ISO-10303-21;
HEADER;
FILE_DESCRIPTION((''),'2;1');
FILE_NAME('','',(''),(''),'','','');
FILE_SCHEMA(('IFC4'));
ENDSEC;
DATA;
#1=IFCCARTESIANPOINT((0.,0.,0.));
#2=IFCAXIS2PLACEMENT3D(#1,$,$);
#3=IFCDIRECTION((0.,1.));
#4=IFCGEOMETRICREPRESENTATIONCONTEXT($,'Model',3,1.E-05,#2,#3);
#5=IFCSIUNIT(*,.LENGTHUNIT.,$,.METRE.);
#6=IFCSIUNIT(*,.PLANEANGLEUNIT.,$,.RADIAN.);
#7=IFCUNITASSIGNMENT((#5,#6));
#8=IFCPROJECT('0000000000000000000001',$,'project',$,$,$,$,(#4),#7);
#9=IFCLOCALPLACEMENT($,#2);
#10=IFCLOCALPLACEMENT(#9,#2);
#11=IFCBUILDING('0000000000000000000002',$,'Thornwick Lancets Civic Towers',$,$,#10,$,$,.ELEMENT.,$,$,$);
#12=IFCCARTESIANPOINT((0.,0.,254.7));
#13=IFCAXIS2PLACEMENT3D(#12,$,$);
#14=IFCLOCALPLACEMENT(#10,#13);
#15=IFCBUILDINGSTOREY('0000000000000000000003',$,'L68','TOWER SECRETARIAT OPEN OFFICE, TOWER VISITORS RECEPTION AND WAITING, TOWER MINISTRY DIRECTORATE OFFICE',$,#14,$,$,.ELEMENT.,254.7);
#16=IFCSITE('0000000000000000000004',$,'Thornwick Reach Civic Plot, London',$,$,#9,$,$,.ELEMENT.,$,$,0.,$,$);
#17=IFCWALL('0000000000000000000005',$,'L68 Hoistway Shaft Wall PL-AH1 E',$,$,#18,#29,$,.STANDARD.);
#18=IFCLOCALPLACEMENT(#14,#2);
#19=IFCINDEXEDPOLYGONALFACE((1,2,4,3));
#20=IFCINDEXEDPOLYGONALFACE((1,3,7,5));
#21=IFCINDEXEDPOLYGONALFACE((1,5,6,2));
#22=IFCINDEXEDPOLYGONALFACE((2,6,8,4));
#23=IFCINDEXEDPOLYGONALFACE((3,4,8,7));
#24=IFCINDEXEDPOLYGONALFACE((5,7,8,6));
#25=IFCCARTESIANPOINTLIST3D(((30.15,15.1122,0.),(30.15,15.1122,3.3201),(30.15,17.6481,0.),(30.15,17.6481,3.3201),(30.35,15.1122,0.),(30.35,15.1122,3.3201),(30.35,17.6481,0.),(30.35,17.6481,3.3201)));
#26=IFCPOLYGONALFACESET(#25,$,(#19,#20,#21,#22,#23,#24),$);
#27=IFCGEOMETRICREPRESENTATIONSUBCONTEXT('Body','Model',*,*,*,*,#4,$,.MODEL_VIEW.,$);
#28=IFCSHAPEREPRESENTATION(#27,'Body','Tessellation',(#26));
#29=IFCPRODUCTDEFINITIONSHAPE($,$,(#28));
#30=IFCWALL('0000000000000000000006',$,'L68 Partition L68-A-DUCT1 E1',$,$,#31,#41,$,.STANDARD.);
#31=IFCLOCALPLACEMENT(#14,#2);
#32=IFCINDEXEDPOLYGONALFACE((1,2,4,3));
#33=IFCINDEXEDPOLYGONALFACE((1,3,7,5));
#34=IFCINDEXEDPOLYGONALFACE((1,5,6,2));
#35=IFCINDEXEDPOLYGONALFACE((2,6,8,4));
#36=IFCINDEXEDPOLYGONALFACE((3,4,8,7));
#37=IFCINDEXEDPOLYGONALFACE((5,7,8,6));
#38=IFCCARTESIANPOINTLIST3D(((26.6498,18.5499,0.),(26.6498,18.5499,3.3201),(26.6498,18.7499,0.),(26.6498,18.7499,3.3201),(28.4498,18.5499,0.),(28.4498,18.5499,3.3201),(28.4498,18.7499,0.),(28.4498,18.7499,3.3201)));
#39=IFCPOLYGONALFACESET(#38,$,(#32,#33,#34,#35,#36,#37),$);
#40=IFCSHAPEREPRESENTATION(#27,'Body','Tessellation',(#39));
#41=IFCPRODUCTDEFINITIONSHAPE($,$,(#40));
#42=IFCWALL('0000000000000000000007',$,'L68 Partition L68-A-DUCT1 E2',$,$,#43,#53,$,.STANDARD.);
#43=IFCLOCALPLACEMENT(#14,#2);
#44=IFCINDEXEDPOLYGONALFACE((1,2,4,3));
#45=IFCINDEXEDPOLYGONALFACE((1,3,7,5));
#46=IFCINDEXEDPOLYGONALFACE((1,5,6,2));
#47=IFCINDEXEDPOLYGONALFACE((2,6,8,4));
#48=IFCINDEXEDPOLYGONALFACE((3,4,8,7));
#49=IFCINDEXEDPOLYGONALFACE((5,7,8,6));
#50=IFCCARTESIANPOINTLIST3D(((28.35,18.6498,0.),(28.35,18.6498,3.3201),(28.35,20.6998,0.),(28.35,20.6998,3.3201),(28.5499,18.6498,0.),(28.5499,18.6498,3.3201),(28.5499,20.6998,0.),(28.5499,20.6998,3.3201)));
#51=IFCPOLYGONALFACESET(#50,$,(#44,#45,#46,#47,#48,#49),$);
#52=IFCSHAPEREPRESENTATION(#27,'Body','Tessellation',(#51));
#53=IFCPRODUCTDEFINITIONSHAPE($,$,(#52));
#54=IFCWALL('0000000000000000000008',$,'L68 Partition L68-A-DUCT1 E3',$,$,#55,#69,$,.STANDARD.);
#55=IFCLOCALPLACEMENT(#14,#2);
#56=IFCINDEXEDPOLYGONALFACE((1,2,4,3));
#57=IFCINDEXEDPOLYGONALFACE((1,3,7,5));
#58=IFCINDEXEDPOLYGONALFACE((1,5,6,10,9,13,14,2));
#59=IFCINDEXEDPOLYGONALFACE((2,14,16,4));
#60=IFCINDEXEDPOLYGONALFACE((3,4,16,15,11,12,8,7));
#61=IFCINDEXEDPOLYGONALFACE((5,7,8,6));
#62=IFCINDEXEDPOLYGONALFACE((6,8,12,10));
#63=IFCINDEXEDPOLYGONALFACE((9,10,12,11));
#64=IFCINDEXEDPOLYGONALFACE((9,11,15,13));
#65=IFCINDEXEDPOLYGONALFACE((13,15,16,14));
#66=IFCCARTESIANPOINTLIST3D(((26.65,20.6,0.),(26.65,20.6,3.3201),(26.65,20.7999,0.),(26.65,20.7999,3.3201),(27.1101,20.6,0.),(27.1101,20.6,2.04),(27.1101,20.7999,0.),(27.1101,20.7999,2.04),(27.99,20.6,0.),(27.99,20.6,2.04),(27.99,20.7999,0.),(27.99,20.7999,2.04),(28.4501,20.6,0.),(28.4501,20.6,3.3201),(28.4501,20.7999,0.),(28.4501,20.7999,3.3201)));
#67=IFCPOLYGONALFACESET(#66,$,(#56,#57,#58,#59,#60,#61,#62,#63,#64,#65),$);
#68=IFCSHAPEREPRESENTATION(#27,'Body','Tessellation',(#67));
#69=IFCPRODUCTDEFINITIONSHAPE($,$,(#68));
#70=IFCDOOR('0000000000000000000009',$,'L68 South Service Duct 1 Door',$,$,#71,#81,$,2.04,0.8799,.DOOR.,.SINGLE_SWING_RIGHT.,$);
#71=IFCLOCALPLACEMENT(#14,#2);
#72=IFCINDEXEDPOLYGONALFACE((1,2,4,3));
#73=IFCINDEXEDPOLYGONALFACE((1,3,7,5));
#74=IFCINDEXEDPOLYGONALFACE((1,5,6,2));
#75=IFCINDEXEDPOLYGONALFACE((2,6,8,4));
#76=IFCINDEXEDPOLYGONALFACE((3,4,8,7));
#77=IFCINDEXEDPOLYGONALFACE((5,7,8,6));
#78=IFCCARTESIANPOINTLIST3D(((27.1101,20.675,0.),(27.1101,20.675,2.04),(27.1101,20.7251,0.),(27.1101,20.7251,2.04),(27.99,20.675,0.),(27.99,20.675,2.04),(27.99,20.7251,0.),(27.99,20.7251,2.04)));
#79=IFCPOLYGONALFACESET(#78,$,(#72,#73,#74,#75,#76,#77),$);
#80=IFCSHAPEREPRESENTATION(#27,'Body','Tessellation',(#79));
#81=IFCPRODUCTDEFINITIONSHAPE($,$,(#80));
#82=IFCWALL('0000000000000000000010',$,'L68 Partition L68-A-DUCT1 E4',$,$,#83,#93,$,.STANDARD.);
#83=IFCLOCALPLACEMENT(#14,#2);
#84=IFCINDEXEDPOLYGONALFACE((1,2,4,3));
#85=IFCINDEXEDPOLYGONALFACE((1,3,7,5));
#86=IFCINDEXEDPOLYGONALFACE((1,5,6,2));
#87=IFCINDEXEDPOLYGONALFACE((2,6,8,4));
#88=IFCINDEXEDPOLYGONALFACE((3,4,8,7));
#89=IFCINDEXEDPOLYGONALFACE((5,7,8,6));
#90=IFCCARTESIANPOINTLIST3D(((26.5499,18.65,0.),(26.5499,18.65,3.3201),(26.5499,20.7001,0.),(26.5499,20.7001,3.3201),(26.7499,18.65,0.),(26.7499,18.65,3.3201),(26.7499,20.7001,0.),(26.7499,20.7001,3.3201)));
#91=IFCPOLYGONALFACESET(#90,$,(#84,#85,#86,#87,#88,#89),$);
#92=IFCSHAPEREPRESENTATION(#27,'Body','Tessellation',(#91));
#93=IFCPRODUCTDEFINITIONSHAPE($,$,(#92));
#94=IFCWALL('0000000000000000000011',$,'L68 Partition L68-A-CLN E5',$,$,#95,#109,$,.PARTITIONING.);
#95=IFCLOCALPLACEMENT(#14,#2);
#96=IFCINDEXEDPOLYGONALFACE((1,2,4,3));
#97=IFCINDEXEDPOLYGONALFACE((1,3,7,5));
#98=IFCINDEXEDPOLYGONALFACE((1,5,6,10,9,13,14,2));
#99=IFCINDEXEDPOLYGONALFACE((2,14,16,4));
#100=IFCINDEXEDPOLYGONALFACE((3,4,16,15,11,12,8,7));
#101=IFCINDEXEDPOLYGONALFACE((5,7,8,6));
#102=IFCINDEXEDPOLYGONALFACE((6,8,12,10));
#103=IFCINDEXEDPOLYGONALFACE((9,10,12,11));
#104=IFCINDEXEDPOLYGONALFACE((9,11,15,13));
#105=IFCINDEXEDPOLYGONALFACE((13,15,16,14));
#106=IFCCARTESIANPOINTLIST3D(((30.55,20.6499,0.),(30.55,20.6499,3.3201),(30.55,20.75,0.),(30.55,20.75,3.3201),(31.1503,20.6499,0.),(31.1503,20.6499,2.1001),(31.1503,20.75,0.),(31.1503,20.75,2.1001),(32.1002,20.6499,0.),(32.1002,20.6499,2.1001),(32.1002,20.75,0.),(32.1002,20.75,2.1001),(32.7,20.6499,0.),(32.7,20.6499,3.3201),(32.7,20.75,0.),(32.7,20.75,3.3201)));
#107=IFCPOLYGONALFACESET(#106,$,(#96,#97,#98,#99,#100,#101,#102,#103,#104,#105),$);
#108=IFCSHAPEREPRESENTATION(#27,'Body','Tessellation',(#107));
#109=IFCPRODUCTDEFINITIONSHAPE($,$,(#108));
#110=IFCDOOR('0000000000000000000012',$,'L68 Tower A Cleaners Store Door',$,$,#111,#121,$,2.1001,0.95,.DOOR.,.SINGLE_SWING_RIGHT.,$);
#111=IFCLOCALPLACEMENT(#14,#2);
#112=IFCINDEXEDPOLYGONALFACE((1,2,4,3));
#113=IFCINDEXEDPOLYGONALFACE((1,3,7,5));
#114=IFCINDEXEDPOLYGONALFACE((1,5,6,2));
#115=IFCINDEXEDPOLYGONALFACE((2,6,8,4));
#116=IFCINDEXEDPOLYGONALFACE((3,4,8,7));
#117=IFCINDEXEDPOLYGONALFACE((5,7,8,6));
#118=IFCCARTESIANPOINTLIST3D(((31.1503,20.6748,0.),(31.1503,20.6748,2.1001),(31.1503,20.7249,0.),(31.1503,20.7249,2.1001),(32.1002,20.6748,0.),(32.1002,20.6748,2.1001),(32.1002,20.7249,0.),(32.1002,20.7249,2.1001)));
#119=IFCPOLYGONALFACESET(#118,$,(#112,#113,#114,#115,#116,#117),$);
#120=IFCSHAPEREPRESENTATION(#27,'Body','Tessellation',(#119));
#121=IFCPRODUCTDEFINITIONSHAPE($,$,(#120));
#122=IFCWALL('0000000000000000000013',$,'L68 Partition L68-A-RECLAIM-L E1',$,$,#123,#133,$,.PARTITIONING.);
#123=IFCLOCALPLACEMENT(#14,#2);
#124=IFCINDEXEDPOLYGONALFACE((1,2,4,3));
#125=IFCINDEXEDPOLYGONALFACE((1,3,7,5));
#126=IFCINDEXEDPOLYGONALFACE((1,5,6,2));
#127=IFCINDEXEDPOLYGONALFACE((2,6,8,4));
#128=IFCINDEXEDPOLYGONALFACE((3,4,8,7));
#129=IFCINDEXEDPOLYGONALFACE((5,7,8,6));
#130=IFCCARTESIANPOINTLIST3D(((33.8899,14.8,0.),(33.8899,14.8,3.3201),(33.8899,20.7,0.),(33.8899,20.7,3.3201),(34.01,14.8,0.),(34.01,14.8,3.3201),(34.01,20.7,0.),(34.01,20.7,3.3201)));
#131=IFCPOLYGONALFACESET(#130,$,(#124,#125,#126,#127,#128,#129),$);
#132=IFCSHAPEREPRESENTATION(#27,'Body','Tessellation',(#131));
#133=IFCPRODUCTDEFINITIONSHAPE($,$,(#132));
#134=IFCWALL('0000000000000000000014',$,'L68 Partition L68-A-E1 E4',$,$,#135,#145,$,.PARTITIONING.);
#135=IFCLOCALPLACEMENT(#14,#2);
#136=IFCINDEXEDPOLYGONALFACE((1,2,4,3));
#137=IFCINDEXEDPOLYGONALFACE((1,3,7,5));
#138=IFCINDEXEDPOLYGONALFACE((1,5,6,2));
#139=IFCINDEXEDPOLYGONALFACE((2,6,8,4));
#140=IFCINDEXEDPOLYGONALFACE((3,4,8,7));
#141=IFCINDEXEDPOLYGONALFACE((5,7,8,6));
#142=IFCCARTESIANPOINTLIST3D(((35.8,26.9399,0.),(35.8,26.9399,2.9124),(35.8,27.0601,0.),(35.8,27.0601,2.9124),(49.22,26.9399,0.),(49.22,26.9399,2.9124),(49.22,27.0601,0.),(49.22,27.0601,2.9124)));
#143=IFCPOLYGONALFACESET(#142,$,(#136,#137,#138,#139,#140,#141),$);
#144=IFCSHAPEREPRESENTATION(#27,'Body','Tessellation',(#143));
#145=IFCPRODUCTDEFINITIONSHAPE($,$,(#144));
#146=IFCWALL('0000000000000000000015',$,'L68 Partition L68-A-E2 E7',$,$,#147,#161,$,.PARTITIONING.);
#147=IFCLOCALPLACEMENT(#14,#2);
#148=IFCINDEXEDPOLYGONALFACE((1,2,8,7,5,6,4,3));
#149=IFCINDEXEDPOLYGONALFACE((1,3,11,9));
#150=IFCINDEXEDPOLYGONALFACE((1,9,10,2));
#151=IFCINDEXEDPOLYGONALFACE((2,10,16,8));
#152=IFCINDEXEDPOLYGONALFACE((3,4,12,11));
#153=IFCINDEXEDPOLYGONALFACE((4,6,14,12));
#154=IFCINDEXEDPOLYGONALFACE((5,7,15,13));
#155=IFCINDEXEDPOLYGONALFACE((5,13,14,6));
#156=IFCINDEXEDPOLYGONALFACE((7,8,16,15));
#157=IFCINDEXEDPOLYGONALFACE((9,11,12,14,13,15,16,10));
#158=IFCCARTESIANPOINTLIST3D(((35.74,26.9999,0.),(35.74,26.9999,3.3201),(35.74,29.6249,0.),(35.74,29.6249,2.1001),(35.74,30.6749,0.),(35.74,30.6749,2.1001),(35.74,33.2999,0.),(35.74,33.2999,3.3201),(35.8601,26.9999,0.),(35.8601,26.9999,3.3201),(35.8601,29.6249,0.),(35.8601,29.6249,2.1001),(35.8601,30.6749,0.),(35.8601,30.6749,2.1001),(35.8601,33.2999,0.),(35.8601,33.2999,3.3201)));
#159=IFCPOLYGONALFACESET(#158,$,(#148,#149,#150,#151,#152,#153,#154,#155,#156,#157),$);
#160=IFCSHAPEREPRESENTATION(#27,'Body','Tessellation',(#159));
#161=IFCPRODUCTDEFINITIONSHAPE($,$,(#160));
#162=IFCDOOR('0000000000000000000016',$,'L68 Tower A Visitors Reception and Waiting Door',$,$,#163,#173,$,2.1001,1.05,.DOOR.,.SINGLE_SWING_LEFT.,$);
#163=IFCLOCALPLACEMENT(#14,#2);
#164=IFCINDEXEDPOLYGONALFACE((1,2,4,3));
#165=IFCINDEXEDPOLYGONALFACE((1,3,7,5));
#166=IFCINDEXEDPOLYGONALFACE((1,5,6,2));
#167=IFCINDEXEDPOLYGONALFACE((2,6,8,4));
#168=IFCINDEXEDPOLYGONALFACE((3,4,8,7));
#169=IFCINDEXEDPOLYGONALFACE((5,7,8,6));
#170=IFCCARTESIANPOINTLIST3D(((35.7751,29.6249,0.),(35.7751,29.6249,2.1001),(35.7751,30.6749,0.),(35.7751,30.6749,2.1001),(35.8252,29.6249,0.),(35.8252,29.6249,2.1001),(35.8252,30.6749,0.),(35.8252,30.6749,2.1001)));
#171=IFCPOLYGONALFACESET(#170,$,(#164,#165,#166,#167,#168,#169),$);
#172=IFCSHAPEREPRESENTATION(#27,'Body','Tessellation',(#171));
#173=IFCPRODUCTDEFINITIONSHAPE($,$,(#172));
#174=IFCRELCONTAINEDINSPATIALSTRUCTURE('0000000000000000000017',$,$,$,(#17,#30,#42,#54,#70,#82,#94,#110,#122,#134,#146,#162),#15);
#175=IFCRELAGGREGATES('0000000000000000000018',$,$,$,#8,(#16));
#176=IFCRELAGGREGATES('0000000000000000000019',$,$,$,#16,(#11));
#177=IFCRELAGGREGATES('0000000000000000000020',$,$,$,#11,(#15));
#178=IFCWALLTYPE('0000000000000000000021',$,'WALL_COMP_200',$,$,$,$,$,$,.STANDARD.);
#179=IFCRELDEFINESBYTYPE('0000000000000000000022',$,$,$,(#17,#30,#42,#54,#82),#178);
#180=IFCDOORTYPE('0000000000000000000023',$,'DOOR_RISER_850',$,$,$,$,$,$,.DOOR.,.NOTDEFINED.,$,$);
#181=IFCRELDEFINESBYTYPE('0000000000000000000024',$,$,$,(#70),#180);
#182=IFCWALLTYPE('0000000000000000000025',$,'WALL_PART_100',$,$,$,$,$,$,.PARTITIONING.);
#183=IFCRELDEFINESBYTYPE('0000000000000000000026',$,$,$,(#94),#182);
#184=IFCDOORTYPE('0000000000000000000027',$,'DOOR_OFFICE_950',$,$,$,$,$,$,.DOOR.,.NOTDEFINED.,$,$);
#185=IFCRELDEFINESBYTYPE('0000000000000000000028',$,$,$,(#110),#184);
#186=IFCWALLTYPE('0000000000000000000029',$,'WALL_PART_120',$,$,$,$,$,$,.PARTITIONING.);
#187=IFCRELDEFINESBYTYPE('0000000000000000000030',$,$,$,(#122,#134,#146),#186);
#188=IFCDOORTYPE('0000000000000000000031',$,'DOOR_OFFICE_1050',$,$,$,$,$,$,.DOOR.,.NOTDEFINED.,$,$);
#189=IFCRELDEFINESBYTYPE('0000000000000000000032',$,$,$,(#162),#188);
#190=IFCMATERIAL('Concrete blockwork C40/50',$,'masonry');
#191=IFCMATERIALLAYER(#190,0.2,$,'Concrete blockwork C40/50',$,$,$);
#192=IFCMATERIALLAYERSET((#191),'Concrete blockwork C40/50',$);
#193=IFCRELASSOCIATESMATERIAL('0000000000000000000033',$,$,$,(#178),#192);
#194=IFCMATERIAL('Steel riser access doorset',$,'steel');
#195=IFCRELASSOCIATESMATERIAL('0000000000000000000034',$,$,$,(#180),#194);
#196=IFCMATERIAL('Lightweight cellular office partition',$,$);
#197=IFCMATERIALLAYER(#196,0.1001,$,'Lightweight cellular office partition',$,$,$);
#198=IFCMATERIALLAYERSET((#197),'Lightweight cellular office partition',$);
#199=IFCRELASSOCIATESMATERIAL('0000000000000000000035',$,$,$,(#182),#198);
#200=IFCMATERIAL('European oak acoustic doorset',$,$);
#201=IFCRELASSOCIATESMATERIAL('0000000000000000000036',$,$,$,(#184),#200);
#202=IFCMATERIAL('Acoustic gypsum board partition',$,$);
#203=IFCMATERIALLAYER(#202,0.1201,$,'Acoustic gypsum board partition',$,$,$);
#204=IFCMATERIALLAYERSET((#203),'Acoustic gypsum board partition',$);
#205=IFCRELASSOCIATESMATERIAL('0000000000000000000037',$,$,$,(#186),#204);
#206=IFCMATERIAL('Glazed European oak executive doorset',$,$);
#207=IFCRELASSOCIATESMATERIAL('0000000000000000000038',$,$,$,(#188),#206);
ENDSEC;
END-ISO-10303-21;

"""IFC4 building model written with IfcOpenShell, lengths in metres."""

from ifc_helpers import new_model, si_unit, direction, frame, frame_2d, origin, place, context, subcontext, project, spatial, rectangle, extrude, material, layer, layer_set, type_object, element, fill, save


model = new_model("IFC4")

# Units and contexts
model_context = context("Model", 3, precision=1e-05, world=origin(), true_north=direction((0.0, 1.0)))
body_context = subcontext(model_context, "Body", "Model", "MODEL_VIEW")
ifc_project = project(units=[si_unit("LENGTHUNIT", "METRE"), si_unit("PLANEANGLEUNIT", "RADIAN")], contexts=[model_context])

# Site, building, storey
site_placement = place(None, origin())
site = spatial("IfcSite", under=ifc_project, at=site_placement, Name="Thornwick Reach Civic Plot, London", CompositionType="ELEMENT", RefElevation=0.0)
building_placement = place(site_placement, origin())
building = spatial("IfcBuilding", under=site, at=building_placement, Name="Thornwick Lancets Civic Towers", CompositionType="ELEMENT")
storey_placement = place(building_placement, frame((0.0, 0.0, 254.7)))
storey = spatial("IfcBuildingStorey", under=building, at=storey_placement, Name="L68", Description="TOWER SECRETARIAT OPEN OFFICE, TOWER VISITORS RECEPTION AND WAITING, TOWER MINISTRY DIRECTORATE OFFICE", CompositionType="ELEMENT", Elevation=254.7)

# Shared definitions
ifc_material_1 = material(Name="Concrete blockwork C40/50", Category="masonry")
ifc_layer_1 = layer(ifc_material_1, 0.2, Name="Concrete blockwork C40/50")
ifc_layer_set_1 = layer_set([ifc_layer_1], Name="Concrete blockwork C40/50")
wall_type_1 = type_object("IfcWallType", Name="WALL_COMP_200", PredefinedType="STANDARD", material=ifc_layer_set_1)

# Walls
for number, where, z_axis, x_axis, name in (
    (1, (30.25, 15.1121, 0.0), (0.0, 0.0, 1.0), (0.0, 1.0, 0.0), "L68 Hoistway Shaft Wall PL-AH1 E"),
):
    element("IfcWall", number, at=place(storey_placement, frame(where, z_axis=z_axis, x_axis=x_axis)), inside=storey, type_object=wall_type_1, Name=name, PredefinedType="STANDARD", context=body_context, shape_type="SweptSolid", body=[
        extrude(rectangle(XDim=2.5359, YDim=0.2, at=frame_2d((1.2681, 0.0))), origin(), (0.0, 0.0, 1.0), 3.3201),
    ])
wall_1_placement = place(storey_placement, frame((26.6499, 18.6499, 0.0), z_axis=(0.0, 0.0, 1.0), x_axis=(1.0, 0.0, 0.0)))
element("IfcWall", 2, at=wall_1_placement, inside=storey, type_object=wall_type_1, Name="L68 Partition L68-A-DUCT1 E1", PredefinedType="STANDARD", context=body_context, shape_type="SweptSolid", body=[
    extrude(rectangle(XDim=1.8, YDim=0.2, at=frame_2d((0.8999, 0.0))), origin(), (0.0, 0.0, 1.0), 3.3201),
])
wall_2_placement = place(storey_placement, frame((28.45, 18.6499, 0.0), z_axis=(0.0, 0.0, 1.0), x_axis=(0.0, 1.0, 0.0)))
element("IfcWall", 3, at=wall_2_placement, inside=storey, type_object=wall_type_1, Name="L68 Partition L68-A-DUCT1 E2", PredefinedType="STANDARD", context=body_context, shape_type="SweptSolid", body=[
    extrude(rectangle(XDim=2.05, YDim=0.2, at=frame_2d((1.0249, 0.0))), origin(), (0.0, 0.0, 1.0), 3.3201),
])

# Wall, opening, door
wall_3_placement = place(storey_placement, frame((28.45, 20.7, 0.0), z_axis=(0.0, 0.0, 1.0), x_axis=(-1.0, 0.0, 0.0)))
wall_3 = element("IfcWall", 4, at=wall_3_placement, inside=storey, type_object=wall_type_1, Name="L68 Partition L68-A-DUCT1 E3", PredefinedType="STANDARD", context=body_context, shape_type="SweptSolid", body=[
    extrude(rectangle(XDim=1.8, YDim=0.2, at=frame_2d((0.8999, 0.0))), origin(), (0.0, 0.0, 1.0), 3.3201),
])
opening_1_placement = place(wall_3_placement, frame((0.46, 0.0, 0.0)))
opening_1 = element("IfcOpeningElement", 5, at=opening_1_placement, cuts=wall_3, PredefinedType="OPENING", context=body_context, shape_type="SweptSolid", body=[
    extrude(rectangle(XDim=0.8799, YDim=2.04, at=frame_2d((0.4399, 1.02))), frame((0.0, 0.1099, 0.0), z_axis=(0.0, -1.0, 0.0), x_axis=(1.0, 0.0, 0.0)), (0.0, 0.0, 1.0), 0.22),
])
ifc_material_2 = material(Name="Steel riser access doorset", Category="steel")
door_type_1 = type_object("IfcDoorType", Name="DOOR_RISER_850", OperationType="NOTDEFINED", PredefinedType="DOOR", material=ifc_material_2)
door_1_placement = place(opening_1_placement, origin())
door_1 = element("IfcDoor", 6, at=door_1_placement, inside=storey, type_object=door_type_1, Name="L68 South Service Duct 1 Door", OperationType="SINGLE_SWING_RIGHT", OverallHeight=2.04, OverallWidth=0.8799, PredefinedType="DOOR", context=body_context, shape_type="SweptSolid", body=[
    extrude(rectangle(XDim=0.8799, YDim=2.04, at=frame_2d((0.4399, 1.02))), frame((0.0, 0.0249, 0.0), z_axis=(0.0, -1.0, 0.0), x_axis=(1.0, 0.0, 0.0)), (0.0, 0.0, 1.0), 0.05),
])
fill(opening_1, door_1)

# Wall
wall_4_placement = place(storey_placement, frame((26.6499, 20.7, 0.0), z_axis=(0.0, 0.0, 1.0), x_axis=(0.0, -1.0, 0.0)))
element("IfcWall", 7, at=wall_4_placement, inside=storey, type_object=wall_type_1, Name="L68 Partition L68-A-DUCT1 E4", PredefinedType="STANDARD", context=body_context, shape_type="SweptSolid", body=[
    extrude(rectangle(XDim=2.05, YDim=0.2, at=frame_2d((1.0249, 0.0))), origin(), (0.0, 0.0, 1.0), 3.3201),
])

# Wall, opening, door
ifc_material_3 = material(Name="Lightweight cellular office partition")
ifc_layer_2 = layer(ifc_material_3, 0.1001, Name="Lightweight cellular office partition")
ifc_layer_set_2 = layer_set([ifc_layer_2], Name="Lightweight cellular office partition")
wall_type_2 = type_object("IfcWallType", Name="WALL_PART_100", PredefinedType="PARTITIONING", material=ifc_layer_set_2)
wall_5_placement = place(storey_placement, frame((30.55, 20.7, 0.0), z_axis=(0.0, 0.0, 1.0), x_axis=(1.0, 0.0, 0.0)))
wall_5 = element("IfcWall", 8, at=wall_5_placement, inside=storey, type_object=wall_type_2, Name="L68 Partition L68-A-CLN E5", PredefinedType="PARTITIONING", context=body_context, shape_type="SweptSolid", body=[
    extrude(rectangle(XDim=2.1499, YDim=0.1001, at=frame_2d((1.075, 0.0))), origin(), (0.0, 0.0, 1.0), 3.3201),
])
opening_2_placement = place(wall_5_placement, frame((0.6001, 0.0, 0.0)))
opening_2 = element("IfcOpeningElement", 9, at=opening_2_placement, cuts=wall_5, PredefinedType="OPENING", context=body_context, shape_type="SweptSolid", body=[
    extrude(rectangle(XDim=0.95, YDim=2.1001, at=frame_2d((0.4751, 1.05))), frame((0.0, 0.0601, 0.0), z_axis=(0.0, -1.0, 0.0), x_axis=(1.0, 0.0, 0.0)), (0.0, 0.0, 1.0), 0.1201),
])
ifc_material_4 = material(Name="European oak acoustic doorset")
door_type_2 = type_object("IfcDoorType", Name="DOOR_OFFICE_950", OperationType="NOTDEFINED", PredefinedType="DOOR", material=ifc_material_4)
door_2_placement = place(opening_2_placement, origin())
door_2 = element("IfcDoor", 10, at=door_2_placement, inside=storey, type_object=door_type_2, Name="L68 Tower A Cleaners Store Door", OperationType="SINGLE_SWING_RIGHT", OverallHeight=2.1001, OverallWidth=0.95, PredefinedType="DOOR", context=body_context, shape_type="SweptSolid", body=[
    extrude(rectangle(XDim=0.95, YDim=2.1001, at=frame_2d((0.4751, 1.05))), frame((0.0, 0.0249, 0.0), z_axis=(0.0, -1.0, 0.0), x_axis=(1.0, 0.0, 0.0)), (0.0, 0.0, 1.0), 0.05),
])
fill(opening_2, door_2)

# Walls
ifc_material_5 = material(Name="Acoustic gypsum board partition")
ifc_layer_3 = layer(ifc_material_5, 0.1201, Name="Acoustic gypsum board partition")
ifc_layer_set_3 = layer_set([ifc_layer_3], Name="Acoustic gypsum board partition")
wall_type_3 = type_object("IfcWallType", Name="WALL_PART_120", PredefinedType="PARTITIONING", material=ifc_layer_set_3)
wall_6_placement = place(storey_placement, frame((33.95, 20.7, 0.0), z_axis=(0.0, 0.0, 1.0), x_axis=(0.0, -1.0, 0.0)))
element("IfcWall", 11, at=wall_6_placement, inside=storey, type_object=wall_type_3, Name="L68 Partition L68-A-RECLAIM-L E1", PredefinedType="PARTITIONING", context=body_context, shape_type="SweptSolid", body=[
    extrude(rectangle(XDim=5.8999, YDim=0.1201, at=frame_2d((2.95, 0.0))), origin(), (0.0, 0.0, 1.0), 3.3201),
])
wall_7_placement = place(storey_placement, frame((35.8, 27.0, 0.0), z_axis=(0.0, 0.0, 1.0), x_axis=(1.0, 0.0, 0.0)))
element("IfcWall", 12, at=wall_7_placement, inside=storey, type_object=wall_type_3, Name="L68 Partition L68-A-E1 E4", PredefinedType="PARTITIONING", context=body_context, shape_type="SweptSolid", body=[
    extrude(rectangle(XDim=13.4199, YDim=0.1201, at=frame_2d((6.71, 0.0))), origin(), (0.0, 0.0, 1.0), 2.9124),
])

# Wall, opening, door
wall_8_placement = place(storey_placement, frame((35.8, 27.0, 0.0), z_axis=(0.0, 0.0, 1.0), x_axis=(0.0, 1.0, 0.0)))
wall_8 = element("IfcWall", 13, at=wall_8_placement, inside=storey, type_object=wall_type_3, Name="L68 Partition L68-A-E2 E7", PredefinedType="PARTITIONING", context=body_context, shape_type="SweptSolid", body=[
    extrude(rectangle(XDim=6.3, YDim=0.1201, at=frame_2d((3.1499, 0.0))), origin(), (0.0, 0.0, 1.0), 3.3201),
])
opening_3_placement = place(wall_8_placement, frame((2.625, 0.0, 0.0)))
opening_3 = element("IfcOpeningElement", 14, at=opening_3_placement, cuts=wall_8, PredefinedType="OPENING", context=body_context, shape_type="SweptSolid", body=[
    extrude(rectangle(XDim=1.05, YDim=2.1001, at=frame_2d((0.5249, 1.05))), frame((0.0, 0.0701, 0.0), z_axis=(0.0, -1.0, 0.0), x_axis=(1.0, 0.0, 0.0)), (0.0, 0.0, 1.0), 0.1401),
])
ifc_material_6 = material(Name="Glazed European oak executive doorset")
door_type_3 = type_object("IfcDoorType", Name="DOOR_OFFICE_1050", OperationType="NOTDEFINED", PredefinedType="DOOR", material=ifc_material_6)
door_3_placement = place(opening_3_placement, origin())
door_3 = element("IfcDoor", 15, at=door_3_placement, inside=storey, type_object=door_type_3, Name="L68 Tower A Visitors Reception and Waiting Door", OperationType="SINGLE_SWING_LEFT", OverallHeight=2.1001, OverallWidth=1.05, PredefinedType="DOOR", context=body_context, shape_type="SweptSolid", body=[
    extrude(rectangle(XDim=1.05, YDim=2.1001, at=frame_2d((0.5249, 1.05))), frame((0.0, 0.0249, 0.0), z_axis=(0.0, -1.0, 0.0), x_axis=(1.0, 0.0, 0.0)), (0.0, 0.0, 1.0), 0.05),
])
fill(opening_3, door_3)

save(model, "model.ifc")
